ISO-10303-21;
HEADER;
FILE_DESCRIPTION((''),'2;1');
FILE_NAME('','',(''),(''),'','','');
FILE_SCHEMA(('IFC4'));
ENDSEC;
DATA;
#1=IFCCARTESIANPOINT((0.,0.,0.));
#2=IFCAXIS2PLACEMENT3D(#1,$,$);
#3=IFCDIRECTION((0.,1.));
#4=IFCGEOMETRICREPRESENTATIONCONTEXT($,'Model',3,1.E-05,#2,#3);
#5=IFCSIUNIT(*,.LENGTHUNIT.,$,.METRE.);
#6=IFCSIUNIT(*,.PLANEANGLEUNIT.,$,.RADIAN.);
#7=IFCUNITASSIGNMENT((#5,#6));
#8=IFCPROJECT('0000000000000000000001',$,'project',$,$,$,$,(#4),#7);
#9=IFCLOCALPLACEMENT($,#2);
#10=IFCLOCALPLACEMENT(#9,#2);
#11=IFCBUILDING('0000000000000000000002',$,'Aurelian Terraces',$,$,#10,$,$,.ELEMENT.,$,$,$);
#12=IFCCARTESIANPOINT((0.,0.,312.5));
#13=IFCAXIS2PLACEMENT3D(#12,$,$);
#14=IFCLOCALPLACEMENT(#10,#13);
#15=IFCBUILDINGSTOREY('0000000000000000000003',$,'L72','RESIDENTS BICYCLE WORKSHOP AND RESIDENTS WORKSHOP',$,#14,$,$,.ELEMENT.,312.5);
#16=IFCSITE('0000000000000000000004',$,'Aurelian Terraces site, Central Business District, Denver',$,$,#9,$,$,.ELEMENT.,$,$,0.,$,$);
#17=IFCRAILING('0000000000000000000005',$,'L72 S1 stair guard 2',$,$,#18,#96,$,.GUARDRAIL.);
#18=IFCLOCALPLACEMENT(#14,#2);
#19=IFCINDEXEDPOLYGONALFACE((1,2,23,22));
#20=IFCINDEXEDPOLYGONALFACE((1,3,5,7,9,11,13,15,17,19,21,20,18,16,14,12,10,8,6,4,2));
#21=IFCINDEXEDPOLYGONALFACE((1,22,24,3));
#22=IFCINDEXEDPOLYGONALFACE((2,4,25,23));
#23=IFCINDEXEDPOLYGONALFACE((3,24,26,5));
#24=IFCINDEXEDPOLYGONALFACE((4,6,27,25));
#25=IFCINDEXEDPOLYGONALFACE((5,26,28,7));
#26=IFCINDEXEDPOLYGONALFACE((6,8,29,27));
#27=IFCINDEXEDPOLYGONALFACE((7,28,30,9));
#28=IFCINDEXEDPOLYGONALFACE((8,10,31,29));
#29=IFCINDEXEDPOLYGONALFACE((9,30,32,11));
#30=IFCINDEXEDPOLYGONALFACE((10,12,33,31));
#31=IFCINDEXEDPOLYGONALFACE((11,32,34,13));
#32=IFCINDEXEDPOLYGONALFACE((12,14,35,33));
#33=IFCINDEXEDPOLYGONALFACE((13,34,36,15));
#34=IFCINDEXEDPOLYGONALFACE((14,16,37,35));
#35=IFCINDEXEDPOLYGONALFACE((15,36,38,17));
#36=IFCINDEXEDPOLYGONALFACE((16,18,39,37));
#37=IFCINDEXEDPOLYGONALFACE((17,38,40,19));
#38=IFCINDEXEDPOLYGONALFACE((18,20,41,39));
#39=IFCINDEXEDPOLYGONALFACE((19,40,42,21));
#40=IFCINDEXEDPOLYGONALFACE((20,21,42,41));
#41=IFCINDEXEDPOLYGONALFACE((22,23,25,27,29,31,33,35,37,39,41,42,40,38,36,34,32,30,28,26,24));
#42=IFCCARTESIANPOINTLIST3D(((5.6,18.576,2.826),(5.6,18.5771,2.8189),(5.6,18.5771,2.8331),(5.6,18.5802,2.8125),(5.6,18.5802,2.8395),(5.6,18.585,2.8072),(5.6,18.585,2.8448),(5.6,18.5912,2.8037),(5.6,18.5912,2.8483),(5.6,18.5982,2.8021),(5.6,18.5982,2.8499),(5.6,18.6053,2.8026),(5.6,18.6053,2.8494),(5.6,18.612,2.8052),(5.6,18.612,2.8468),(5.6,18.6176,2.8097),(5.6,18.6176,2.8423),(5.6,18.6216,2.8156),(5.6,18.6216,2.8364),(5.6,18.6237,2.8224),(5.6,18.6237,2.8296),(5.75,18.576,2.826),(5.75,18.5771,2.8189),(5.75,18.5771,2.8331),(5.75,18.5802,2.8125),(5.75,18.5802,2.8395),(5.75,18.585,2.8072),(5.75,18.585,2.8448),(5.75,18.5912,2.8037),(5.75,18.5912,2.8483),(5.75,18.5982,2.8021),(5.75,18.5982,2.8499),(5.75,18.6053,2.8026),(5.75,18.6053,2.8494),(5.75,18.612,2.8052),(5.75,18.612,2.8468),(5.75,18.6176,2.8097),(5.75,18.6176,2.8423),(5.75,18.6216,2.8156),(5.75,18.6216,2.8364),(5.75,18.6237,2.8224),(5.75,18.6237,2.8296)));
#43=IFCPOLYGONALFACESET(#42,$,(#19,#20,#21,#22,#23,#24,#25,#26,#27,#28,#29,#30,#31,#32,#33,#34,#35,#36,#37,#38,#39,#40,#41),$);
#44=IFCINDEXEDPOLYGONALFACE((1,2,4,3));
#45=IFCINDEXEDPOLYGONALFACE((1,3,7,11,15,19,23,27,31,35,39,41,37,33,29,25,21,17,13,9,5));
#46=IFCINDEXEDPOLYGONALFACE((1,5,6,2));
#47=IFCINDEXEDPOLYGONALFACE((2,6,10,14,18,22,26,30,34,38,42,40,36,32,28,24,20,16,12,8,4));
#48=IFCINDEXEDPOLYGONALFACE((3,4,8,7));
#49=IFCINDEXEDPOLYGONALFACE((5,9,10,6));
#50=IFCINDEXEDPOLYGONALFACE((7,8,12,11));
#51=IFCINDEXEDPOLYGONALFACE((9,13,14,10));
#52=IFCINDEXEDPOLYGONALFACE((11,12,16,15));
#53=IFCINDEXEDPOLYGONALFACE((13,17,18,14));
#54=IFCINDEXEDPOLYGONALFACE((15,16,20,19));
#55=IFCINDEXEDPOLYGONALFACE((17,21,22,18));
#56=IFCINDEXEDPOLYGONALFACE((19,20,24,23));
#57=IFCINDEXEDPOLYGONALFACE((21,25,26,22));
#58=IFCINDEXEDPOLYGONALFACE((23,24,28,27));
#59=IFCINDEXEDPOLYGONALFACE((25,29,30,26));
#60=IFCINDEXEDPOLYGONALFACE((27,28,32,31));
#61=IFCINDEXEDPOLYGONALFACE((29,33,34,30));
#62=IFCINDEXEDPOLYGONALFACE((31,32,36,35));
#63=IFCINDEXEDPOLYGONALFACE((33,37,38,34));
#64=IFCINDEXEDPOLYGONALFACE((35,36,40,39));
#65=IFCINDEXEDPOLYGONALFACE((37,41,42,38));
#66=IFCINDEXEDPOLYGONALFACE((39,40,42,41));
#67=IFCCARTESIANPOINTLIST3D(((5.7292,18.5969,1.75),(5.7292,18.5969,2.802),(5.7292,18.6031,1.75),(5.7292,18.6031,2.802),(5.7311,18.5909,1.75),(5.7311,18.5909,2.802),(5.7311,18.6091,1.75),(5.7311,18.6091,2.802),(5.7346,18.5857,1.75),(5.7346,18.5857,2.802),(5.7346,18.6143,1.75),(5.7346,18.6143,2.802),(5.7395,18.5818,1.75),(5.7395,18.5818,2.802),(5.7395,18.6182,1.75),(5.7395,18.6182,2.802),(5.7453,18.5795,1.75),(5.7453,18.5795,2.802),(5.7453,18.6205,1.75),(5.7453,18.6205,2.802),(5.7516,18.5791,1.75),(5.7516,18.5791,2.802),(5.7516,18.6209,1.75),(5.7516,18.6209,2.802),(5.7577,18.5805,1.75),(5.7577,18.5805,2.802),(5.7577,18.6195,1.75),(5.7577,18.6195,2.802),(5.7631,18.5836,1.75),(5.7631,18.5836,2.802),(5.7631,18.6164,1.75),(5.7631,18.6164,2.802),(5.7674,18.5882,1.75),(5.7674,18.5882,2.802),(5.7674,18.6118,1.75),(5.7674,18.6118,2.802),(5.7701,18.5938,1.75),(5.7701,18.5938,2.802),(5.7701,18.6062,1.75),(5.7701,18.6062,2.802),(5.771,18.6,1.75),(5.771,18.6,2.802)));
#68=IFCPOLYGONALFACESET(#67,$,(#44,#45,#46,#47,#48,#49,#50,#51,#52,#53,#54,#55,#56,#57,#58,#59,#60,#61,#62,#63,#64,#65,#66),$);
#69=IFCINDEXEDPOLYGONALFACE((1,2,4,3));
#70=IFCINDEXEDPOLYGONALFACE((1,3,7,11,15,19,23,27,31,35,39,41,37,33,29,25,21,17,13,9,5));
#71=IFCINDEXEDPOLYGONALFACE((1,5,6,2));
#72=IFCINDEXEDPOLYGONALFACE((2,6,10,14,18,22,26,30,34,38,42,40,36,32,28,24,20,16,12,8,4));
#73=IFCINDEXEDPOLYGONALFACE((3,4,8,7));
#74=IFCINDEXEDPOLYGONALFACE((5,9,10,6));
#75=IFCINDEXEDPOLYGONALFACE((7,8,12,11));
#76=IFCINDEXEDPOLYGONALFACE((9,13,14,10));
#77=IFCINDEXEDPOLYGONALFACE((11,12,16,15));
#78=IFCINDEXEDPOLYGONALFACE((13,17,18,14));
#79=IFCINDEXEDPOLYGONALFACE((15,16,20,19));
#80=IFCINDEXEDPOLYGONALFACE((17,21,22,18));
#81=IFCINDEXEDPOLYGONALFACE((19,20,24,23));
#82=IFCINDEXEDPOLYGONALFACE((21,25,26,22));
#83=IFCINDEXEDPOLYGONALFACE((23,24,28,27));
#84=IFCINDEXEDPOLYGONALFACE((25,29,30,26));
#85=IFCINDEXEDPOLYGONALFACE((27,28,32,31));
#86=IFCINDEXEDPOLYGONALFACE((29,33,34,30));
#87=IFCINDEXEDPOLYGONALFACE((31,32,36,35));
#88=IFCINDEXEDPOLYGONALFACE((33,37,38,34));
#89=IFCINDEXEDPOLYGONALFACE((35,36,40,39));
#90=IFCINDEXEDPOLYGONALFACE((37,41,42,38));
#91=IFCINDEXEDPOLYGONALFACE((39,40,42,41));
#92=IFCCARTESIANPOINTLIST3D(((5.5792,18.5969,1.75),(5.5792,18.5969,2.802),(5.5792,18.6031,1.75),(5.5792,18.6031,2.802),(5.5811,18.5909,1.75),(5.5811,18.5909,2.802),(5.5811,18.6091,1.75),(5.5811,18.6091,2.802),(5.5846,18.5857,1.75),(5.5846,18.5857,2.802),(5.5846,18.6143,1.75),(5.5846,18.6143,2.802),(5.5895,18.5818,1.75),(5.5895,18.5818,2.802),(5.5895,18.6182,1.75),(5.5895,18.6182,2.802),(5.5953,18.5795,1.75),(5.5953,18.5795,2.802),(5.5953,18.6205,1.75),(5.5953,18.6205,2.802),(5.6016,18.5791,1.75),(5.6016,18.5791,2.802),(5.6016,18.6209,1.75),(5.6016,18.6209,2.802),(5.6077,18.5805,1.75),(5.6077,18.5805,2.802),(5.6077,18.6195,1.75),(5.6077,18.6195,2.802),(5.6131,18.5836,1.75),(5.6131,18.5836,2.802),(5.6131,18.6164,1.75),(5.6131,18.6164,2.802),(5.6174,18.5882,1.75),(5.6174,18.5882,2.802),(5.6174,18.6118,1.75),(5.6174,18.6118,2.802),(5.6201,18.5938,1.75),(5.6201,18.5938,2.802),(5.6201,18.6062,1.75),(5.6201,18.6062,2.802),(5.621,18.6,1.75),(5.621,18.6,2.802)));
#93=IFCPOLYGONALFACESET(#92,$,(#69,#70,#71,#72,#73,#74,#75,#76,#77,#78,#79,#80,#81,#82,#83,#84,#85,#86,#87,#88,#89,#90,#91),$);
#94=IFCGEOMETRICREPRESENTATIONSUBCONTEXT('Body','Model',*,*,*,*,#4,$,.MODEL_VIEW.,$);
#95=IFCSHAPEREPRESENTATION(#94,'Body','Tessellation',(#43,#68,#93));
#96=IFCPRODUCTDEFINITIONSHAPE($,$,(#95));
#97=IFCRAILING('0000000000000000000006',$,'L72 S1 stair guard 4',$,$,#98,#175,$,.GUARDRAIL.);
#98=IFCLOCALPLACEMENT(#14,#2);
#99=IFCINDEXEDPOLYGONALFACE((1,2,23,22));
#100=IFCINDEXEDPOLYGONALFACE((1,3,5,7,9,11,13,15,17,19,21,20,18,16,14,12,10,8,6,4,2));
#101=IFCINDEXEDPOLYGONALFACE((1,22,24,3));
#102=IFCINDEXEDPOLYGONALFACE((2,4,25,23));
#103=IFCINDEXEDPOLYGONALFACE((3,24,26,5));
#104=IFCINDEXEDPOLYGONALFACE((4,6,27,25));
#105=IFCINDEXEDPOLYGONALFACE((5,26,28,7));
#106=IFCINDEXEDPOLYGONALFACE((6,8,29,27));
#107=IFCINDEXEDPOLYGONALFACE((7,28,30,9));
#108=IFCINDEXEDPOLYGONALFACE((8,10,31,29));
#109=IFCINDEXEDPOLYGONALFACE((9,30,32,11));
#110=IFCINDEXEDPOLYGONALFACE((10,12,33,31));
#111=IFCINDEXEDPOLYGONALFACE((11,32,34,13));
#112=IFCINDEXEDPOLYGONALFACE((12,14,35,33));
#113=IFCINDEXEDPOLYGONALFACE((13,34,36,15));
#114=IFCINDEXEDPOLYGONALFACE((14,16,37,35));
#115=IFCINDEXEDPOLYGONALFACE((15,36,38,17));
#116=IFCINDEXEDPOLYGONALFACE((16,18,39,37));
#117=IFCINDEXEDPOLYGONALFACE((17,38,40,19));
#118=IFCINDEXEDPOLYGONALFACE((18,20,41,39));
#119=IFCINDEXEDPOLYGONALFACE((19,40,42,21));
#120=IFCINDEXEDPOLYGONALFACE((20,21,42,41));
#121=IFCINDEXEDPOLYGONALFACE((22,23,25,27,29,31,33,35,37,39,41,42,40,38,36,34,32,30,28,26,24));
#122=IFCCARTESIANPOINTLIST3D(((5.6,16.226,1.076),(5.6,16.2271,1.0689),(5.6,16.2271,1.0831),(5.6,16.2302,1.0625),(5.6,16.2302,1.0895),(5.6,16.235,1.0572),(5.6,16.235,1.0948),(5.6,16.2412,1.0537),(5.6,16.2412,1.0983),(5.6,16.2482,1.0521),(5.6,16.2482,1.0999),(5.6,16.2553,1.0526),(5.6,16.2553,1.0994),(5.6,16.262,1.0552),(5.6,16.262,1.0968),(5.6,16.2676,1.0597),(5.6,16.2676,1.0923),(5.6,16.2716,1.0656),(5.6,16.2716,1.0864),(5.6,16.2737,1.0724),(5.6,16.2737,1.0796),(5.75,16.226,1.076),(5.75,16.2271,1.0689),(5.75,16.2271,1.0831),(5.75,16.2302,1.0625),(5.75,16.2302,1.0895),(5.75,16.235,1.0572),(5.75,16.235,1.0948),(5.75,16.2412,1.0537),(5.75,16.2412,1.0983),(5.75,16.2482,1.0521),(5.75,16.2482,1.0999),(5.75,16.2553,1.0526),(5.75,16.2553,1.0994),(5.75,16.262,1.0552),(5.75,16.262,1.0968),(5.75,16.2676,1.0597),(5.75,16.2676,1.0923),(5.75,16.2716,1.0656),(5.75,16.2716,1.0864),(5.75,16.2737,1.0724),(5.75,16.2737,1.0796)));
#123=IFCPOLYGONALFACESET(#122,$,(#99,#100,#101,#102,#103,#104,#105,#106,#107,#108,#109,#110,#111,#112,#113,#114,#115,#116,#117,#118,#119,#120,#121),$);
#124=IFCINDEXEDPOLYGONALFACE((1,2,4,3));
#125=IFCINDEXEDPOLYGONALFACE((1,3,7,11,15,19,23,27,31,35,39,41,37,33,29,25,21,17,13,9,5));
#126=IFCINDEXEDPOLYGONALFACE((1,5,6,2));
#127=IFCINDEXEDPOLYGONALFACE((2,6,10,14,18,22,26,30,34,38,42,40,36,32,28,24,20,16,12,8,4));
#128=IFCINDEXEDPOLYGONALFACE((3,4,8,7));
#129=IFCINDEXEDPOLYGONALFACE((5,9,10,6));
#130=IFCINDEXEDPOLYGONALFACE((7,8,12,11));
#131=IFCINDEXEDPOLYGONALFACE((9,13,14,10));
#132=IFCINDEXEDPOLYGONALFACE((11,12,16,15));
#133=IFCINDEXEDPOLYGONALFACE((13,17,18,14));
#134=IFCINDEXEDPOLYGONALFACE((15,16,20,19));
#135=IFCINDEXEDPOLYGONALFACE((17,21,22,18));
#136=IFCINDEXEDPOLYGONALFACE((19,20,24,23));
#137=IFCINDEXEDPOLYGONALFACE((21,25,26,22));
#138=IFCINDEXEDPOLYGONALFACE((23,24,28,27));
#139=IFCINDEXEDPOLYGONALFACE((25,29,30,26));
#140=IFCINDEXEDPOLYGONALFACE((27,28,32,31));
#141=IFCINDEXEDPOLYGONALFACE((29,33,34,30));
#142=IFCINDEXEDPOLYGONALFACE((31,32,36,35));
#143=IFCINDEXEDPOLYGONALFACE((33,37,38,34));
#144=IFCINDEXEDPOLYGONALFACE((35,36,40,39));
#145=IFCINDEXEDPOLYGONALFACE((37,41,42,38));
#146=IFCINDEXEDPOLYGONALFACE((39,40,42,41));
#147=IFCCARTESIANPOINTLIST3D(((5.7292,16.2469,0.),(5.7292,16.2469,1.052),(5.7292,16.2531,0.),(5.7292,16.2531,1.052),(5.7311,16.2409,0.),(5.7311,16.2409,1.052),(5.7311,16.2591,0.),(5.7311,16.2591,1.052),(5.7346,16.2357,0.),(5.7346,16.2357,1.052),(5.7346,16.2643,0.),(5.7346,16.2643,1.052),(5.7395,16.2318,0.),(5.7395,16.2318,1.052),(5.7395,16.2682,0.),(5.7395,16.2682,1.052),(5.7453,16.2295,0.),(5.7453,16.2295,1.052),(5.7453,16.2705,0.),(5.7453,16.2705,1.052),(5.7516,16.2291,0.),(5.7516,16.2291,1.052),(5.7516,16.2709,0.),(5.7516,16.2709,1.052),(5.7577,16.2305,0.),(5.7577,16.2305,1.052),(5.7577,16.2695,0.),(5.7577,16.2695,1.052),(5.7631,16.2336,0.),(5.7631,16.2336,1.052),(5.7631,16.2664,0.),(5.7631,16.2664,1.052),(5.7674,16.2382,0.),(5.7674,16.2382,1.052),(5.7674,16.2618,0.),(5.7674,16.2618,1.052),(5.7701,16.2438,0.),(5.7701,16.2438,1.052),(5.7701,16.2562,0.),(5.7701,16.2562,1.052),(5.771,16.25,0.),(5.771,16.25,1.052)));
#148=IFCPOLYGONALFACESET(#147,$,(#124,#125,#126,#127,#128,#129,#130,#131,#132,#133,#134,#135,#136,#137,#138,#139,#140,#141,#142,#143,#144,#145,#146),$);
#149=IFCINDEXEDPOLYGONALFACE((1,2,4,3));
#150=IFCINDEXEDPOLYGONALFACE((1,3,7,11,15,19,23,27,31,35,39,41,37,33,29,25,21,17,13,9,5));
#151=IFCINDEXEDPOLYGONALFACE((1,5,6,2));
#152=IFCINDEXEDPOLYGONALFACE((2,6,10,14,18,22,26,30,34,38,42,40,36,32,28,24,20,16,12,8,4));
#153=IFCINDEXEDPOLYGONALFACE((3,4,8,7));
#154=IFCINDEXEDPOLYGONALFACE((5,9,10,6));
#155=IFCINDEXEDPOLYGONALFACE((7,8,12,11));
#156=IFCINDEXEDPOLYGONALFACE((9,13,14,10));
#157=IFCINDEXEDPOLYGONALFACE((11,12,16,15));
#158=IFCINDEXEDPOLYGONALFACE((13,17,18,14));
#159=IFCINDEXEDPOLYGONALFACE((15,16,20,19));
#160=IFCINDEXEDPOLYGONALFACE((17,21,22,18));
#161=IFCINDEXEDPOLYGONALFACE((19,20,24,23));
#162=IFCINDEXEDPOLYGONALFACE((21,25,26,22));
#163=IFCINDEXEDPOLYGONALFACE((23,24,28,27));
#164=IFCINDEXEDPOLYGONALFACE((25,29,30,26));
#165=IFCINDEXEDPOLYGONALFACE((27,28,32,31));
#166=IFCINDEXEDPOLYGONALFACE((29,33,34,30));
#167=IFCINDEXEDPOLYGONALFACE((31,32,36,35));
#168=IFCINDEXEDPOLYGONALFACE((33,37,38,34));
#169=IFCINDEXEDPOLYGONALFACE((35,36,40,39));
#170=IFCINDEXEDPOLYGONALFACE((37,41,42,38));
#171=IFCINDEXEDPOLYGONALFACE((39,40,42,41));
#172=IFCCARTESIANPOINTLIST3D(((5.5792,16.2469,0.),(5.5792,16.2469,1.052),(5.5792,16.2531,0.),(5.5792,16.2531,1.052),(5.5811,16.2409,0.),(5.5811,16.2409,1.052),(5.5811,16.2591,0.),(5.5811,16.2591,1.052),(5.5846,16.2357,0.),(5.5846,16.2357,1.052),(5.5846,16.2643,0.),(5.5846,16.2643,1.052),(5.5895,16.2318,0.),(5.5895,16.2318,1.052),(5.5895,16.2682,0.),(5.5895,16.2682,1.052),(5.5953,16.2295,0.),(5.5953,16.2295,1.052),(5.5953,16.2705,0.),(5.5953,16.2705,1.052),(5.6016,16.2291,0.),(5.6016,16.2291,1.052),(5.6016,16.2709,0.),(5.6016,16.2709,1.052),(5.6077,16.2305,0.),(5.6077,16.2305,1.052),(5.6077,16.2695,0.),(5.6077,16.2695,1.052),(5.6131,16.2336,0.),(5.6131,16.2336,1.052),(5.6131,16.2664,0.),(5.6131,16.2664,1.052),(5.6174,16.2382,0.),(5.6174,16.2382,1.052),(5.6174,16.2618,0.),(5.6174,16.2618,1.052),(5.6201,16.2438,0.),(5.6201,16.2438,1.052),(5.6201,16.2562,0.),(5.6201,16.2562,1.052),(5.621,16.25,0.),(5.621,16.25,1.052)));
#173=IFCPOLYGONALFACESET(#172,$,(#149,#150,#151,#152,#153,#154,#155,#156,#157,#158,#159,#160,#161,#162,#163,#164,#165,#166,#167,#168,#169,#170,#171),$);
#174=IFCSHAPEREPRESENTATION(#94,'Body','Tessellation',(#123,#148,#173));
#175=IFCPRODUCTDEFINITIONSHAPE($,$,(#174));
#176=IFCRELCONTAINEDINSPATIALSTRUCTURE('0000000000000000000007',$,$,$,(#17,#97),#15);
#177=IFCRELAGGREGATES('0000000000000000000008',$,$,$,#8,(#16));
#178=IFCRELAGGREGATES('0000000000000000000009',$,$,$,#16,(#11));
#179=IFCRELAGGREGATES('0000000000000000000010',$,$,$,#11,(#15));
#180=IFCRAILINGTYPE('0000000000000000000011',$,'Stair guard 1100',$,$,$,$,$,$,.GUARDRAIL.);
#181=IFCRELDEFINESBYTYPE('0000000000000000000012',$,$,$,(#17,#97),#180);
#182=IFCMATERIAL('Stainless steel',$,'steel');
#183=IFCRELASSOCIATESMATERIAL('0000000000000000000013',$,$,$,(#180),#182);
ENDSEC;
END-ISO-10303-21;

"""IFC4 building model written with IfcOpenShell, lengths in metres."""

from ifc_helpers import new_model, si_unit, direction, frame, origin, origin_2d, place, context, subcontext, project, spatial, circle, extrude, source, transform, mapped, material, type_object, element, save


model = new_model("IFC4")

# Units and contexts
model_context = context("Model", 3, precision=1e-05, world=origin(), true_north=direction((0.0, 1.0)))
body_context = subcontext(model_context, "Body", "Model", "MODEL_VIEW")
ifc_project = project(units=[si_unit("LENGTHUNIT", "METRE"), si_unit("PLANEANGLEUNIT", "RADIAN")], contexts=[model_context])

# Site, building, storey
site_placement = place(None, origin())
site = spatial("IfcSite", under=ifc_project, at=site_placement, Name="Aurelian Terraces site, Central Business District, Denver", CompositionType="ELEMENT", RefElevation=0.0)
building_placement = place(site_placement, origin())
building = spatial("IfcBuilding", under=site, at=building_placement, Name="Aurelian Terraces", CompositionType="ELEMENT")
storey_placement = place(building_placement, frame((0.0, 0.0, 312.5)))
storey = spatial("IfcBuildingStorey", under=building, at=storey_placement, Name="L72", Description="RESIDENTS BICYCLE WORKSHOP AND RESIDENTS WORKSHOP", CompositionType="ELEMENT", Elevation=312.5)

# Railings
ifc_material_1 = material(Name="Stainless steel", Category="steel")
railing_type_1 = type_object("IfcRailingType", Name="Stair guard 1100", PredefinedType="GUARDRAIL", material=ifc_material_1)
shared_shape_1 = source(origin(), body_context, "Body", "SweptSolid", [
    extrude(circle(Radius=0.024, at=origin_2d()), frame((0.0, 0.0, 1.076), z_axis=(-1.0, 0.0, 0.0), x_axis=(0.0, -1.0, 0.0)), (0.0, 0.0, 1.0), 0.15),
    extrude(circle(Radius=0.021, at=origin_2d()), origin(), (0.0, 0.0, 1.0), 1.052),
    extrude(circle(Radius=0.021, at=origin_2d()), frame((-0.15, 0.0, 0.0)), (0.0, 0.0, 1.0), 1.052),
])
for number, where, name in (
    (1, (5.75, 18.6, 1.75), "L72 S1 stair guard 2"),
    (2, (5.75, 16.25, 0.0), "L72 S1 stair guard 4"),
):
    element("IfcRailing", number, at=place(storey_placement, frame(where)), inside=storey, type_object=railing_type_1, Name=name, PredefinedType="GUARDRAIL", context=body_context, shape_type="MappedRepresentation", body=[
        mapped(shared_shape_1, transform((0.0, 0.0, 0.0), scale=1.0)),
    ])

save(model, "model.ifc")
